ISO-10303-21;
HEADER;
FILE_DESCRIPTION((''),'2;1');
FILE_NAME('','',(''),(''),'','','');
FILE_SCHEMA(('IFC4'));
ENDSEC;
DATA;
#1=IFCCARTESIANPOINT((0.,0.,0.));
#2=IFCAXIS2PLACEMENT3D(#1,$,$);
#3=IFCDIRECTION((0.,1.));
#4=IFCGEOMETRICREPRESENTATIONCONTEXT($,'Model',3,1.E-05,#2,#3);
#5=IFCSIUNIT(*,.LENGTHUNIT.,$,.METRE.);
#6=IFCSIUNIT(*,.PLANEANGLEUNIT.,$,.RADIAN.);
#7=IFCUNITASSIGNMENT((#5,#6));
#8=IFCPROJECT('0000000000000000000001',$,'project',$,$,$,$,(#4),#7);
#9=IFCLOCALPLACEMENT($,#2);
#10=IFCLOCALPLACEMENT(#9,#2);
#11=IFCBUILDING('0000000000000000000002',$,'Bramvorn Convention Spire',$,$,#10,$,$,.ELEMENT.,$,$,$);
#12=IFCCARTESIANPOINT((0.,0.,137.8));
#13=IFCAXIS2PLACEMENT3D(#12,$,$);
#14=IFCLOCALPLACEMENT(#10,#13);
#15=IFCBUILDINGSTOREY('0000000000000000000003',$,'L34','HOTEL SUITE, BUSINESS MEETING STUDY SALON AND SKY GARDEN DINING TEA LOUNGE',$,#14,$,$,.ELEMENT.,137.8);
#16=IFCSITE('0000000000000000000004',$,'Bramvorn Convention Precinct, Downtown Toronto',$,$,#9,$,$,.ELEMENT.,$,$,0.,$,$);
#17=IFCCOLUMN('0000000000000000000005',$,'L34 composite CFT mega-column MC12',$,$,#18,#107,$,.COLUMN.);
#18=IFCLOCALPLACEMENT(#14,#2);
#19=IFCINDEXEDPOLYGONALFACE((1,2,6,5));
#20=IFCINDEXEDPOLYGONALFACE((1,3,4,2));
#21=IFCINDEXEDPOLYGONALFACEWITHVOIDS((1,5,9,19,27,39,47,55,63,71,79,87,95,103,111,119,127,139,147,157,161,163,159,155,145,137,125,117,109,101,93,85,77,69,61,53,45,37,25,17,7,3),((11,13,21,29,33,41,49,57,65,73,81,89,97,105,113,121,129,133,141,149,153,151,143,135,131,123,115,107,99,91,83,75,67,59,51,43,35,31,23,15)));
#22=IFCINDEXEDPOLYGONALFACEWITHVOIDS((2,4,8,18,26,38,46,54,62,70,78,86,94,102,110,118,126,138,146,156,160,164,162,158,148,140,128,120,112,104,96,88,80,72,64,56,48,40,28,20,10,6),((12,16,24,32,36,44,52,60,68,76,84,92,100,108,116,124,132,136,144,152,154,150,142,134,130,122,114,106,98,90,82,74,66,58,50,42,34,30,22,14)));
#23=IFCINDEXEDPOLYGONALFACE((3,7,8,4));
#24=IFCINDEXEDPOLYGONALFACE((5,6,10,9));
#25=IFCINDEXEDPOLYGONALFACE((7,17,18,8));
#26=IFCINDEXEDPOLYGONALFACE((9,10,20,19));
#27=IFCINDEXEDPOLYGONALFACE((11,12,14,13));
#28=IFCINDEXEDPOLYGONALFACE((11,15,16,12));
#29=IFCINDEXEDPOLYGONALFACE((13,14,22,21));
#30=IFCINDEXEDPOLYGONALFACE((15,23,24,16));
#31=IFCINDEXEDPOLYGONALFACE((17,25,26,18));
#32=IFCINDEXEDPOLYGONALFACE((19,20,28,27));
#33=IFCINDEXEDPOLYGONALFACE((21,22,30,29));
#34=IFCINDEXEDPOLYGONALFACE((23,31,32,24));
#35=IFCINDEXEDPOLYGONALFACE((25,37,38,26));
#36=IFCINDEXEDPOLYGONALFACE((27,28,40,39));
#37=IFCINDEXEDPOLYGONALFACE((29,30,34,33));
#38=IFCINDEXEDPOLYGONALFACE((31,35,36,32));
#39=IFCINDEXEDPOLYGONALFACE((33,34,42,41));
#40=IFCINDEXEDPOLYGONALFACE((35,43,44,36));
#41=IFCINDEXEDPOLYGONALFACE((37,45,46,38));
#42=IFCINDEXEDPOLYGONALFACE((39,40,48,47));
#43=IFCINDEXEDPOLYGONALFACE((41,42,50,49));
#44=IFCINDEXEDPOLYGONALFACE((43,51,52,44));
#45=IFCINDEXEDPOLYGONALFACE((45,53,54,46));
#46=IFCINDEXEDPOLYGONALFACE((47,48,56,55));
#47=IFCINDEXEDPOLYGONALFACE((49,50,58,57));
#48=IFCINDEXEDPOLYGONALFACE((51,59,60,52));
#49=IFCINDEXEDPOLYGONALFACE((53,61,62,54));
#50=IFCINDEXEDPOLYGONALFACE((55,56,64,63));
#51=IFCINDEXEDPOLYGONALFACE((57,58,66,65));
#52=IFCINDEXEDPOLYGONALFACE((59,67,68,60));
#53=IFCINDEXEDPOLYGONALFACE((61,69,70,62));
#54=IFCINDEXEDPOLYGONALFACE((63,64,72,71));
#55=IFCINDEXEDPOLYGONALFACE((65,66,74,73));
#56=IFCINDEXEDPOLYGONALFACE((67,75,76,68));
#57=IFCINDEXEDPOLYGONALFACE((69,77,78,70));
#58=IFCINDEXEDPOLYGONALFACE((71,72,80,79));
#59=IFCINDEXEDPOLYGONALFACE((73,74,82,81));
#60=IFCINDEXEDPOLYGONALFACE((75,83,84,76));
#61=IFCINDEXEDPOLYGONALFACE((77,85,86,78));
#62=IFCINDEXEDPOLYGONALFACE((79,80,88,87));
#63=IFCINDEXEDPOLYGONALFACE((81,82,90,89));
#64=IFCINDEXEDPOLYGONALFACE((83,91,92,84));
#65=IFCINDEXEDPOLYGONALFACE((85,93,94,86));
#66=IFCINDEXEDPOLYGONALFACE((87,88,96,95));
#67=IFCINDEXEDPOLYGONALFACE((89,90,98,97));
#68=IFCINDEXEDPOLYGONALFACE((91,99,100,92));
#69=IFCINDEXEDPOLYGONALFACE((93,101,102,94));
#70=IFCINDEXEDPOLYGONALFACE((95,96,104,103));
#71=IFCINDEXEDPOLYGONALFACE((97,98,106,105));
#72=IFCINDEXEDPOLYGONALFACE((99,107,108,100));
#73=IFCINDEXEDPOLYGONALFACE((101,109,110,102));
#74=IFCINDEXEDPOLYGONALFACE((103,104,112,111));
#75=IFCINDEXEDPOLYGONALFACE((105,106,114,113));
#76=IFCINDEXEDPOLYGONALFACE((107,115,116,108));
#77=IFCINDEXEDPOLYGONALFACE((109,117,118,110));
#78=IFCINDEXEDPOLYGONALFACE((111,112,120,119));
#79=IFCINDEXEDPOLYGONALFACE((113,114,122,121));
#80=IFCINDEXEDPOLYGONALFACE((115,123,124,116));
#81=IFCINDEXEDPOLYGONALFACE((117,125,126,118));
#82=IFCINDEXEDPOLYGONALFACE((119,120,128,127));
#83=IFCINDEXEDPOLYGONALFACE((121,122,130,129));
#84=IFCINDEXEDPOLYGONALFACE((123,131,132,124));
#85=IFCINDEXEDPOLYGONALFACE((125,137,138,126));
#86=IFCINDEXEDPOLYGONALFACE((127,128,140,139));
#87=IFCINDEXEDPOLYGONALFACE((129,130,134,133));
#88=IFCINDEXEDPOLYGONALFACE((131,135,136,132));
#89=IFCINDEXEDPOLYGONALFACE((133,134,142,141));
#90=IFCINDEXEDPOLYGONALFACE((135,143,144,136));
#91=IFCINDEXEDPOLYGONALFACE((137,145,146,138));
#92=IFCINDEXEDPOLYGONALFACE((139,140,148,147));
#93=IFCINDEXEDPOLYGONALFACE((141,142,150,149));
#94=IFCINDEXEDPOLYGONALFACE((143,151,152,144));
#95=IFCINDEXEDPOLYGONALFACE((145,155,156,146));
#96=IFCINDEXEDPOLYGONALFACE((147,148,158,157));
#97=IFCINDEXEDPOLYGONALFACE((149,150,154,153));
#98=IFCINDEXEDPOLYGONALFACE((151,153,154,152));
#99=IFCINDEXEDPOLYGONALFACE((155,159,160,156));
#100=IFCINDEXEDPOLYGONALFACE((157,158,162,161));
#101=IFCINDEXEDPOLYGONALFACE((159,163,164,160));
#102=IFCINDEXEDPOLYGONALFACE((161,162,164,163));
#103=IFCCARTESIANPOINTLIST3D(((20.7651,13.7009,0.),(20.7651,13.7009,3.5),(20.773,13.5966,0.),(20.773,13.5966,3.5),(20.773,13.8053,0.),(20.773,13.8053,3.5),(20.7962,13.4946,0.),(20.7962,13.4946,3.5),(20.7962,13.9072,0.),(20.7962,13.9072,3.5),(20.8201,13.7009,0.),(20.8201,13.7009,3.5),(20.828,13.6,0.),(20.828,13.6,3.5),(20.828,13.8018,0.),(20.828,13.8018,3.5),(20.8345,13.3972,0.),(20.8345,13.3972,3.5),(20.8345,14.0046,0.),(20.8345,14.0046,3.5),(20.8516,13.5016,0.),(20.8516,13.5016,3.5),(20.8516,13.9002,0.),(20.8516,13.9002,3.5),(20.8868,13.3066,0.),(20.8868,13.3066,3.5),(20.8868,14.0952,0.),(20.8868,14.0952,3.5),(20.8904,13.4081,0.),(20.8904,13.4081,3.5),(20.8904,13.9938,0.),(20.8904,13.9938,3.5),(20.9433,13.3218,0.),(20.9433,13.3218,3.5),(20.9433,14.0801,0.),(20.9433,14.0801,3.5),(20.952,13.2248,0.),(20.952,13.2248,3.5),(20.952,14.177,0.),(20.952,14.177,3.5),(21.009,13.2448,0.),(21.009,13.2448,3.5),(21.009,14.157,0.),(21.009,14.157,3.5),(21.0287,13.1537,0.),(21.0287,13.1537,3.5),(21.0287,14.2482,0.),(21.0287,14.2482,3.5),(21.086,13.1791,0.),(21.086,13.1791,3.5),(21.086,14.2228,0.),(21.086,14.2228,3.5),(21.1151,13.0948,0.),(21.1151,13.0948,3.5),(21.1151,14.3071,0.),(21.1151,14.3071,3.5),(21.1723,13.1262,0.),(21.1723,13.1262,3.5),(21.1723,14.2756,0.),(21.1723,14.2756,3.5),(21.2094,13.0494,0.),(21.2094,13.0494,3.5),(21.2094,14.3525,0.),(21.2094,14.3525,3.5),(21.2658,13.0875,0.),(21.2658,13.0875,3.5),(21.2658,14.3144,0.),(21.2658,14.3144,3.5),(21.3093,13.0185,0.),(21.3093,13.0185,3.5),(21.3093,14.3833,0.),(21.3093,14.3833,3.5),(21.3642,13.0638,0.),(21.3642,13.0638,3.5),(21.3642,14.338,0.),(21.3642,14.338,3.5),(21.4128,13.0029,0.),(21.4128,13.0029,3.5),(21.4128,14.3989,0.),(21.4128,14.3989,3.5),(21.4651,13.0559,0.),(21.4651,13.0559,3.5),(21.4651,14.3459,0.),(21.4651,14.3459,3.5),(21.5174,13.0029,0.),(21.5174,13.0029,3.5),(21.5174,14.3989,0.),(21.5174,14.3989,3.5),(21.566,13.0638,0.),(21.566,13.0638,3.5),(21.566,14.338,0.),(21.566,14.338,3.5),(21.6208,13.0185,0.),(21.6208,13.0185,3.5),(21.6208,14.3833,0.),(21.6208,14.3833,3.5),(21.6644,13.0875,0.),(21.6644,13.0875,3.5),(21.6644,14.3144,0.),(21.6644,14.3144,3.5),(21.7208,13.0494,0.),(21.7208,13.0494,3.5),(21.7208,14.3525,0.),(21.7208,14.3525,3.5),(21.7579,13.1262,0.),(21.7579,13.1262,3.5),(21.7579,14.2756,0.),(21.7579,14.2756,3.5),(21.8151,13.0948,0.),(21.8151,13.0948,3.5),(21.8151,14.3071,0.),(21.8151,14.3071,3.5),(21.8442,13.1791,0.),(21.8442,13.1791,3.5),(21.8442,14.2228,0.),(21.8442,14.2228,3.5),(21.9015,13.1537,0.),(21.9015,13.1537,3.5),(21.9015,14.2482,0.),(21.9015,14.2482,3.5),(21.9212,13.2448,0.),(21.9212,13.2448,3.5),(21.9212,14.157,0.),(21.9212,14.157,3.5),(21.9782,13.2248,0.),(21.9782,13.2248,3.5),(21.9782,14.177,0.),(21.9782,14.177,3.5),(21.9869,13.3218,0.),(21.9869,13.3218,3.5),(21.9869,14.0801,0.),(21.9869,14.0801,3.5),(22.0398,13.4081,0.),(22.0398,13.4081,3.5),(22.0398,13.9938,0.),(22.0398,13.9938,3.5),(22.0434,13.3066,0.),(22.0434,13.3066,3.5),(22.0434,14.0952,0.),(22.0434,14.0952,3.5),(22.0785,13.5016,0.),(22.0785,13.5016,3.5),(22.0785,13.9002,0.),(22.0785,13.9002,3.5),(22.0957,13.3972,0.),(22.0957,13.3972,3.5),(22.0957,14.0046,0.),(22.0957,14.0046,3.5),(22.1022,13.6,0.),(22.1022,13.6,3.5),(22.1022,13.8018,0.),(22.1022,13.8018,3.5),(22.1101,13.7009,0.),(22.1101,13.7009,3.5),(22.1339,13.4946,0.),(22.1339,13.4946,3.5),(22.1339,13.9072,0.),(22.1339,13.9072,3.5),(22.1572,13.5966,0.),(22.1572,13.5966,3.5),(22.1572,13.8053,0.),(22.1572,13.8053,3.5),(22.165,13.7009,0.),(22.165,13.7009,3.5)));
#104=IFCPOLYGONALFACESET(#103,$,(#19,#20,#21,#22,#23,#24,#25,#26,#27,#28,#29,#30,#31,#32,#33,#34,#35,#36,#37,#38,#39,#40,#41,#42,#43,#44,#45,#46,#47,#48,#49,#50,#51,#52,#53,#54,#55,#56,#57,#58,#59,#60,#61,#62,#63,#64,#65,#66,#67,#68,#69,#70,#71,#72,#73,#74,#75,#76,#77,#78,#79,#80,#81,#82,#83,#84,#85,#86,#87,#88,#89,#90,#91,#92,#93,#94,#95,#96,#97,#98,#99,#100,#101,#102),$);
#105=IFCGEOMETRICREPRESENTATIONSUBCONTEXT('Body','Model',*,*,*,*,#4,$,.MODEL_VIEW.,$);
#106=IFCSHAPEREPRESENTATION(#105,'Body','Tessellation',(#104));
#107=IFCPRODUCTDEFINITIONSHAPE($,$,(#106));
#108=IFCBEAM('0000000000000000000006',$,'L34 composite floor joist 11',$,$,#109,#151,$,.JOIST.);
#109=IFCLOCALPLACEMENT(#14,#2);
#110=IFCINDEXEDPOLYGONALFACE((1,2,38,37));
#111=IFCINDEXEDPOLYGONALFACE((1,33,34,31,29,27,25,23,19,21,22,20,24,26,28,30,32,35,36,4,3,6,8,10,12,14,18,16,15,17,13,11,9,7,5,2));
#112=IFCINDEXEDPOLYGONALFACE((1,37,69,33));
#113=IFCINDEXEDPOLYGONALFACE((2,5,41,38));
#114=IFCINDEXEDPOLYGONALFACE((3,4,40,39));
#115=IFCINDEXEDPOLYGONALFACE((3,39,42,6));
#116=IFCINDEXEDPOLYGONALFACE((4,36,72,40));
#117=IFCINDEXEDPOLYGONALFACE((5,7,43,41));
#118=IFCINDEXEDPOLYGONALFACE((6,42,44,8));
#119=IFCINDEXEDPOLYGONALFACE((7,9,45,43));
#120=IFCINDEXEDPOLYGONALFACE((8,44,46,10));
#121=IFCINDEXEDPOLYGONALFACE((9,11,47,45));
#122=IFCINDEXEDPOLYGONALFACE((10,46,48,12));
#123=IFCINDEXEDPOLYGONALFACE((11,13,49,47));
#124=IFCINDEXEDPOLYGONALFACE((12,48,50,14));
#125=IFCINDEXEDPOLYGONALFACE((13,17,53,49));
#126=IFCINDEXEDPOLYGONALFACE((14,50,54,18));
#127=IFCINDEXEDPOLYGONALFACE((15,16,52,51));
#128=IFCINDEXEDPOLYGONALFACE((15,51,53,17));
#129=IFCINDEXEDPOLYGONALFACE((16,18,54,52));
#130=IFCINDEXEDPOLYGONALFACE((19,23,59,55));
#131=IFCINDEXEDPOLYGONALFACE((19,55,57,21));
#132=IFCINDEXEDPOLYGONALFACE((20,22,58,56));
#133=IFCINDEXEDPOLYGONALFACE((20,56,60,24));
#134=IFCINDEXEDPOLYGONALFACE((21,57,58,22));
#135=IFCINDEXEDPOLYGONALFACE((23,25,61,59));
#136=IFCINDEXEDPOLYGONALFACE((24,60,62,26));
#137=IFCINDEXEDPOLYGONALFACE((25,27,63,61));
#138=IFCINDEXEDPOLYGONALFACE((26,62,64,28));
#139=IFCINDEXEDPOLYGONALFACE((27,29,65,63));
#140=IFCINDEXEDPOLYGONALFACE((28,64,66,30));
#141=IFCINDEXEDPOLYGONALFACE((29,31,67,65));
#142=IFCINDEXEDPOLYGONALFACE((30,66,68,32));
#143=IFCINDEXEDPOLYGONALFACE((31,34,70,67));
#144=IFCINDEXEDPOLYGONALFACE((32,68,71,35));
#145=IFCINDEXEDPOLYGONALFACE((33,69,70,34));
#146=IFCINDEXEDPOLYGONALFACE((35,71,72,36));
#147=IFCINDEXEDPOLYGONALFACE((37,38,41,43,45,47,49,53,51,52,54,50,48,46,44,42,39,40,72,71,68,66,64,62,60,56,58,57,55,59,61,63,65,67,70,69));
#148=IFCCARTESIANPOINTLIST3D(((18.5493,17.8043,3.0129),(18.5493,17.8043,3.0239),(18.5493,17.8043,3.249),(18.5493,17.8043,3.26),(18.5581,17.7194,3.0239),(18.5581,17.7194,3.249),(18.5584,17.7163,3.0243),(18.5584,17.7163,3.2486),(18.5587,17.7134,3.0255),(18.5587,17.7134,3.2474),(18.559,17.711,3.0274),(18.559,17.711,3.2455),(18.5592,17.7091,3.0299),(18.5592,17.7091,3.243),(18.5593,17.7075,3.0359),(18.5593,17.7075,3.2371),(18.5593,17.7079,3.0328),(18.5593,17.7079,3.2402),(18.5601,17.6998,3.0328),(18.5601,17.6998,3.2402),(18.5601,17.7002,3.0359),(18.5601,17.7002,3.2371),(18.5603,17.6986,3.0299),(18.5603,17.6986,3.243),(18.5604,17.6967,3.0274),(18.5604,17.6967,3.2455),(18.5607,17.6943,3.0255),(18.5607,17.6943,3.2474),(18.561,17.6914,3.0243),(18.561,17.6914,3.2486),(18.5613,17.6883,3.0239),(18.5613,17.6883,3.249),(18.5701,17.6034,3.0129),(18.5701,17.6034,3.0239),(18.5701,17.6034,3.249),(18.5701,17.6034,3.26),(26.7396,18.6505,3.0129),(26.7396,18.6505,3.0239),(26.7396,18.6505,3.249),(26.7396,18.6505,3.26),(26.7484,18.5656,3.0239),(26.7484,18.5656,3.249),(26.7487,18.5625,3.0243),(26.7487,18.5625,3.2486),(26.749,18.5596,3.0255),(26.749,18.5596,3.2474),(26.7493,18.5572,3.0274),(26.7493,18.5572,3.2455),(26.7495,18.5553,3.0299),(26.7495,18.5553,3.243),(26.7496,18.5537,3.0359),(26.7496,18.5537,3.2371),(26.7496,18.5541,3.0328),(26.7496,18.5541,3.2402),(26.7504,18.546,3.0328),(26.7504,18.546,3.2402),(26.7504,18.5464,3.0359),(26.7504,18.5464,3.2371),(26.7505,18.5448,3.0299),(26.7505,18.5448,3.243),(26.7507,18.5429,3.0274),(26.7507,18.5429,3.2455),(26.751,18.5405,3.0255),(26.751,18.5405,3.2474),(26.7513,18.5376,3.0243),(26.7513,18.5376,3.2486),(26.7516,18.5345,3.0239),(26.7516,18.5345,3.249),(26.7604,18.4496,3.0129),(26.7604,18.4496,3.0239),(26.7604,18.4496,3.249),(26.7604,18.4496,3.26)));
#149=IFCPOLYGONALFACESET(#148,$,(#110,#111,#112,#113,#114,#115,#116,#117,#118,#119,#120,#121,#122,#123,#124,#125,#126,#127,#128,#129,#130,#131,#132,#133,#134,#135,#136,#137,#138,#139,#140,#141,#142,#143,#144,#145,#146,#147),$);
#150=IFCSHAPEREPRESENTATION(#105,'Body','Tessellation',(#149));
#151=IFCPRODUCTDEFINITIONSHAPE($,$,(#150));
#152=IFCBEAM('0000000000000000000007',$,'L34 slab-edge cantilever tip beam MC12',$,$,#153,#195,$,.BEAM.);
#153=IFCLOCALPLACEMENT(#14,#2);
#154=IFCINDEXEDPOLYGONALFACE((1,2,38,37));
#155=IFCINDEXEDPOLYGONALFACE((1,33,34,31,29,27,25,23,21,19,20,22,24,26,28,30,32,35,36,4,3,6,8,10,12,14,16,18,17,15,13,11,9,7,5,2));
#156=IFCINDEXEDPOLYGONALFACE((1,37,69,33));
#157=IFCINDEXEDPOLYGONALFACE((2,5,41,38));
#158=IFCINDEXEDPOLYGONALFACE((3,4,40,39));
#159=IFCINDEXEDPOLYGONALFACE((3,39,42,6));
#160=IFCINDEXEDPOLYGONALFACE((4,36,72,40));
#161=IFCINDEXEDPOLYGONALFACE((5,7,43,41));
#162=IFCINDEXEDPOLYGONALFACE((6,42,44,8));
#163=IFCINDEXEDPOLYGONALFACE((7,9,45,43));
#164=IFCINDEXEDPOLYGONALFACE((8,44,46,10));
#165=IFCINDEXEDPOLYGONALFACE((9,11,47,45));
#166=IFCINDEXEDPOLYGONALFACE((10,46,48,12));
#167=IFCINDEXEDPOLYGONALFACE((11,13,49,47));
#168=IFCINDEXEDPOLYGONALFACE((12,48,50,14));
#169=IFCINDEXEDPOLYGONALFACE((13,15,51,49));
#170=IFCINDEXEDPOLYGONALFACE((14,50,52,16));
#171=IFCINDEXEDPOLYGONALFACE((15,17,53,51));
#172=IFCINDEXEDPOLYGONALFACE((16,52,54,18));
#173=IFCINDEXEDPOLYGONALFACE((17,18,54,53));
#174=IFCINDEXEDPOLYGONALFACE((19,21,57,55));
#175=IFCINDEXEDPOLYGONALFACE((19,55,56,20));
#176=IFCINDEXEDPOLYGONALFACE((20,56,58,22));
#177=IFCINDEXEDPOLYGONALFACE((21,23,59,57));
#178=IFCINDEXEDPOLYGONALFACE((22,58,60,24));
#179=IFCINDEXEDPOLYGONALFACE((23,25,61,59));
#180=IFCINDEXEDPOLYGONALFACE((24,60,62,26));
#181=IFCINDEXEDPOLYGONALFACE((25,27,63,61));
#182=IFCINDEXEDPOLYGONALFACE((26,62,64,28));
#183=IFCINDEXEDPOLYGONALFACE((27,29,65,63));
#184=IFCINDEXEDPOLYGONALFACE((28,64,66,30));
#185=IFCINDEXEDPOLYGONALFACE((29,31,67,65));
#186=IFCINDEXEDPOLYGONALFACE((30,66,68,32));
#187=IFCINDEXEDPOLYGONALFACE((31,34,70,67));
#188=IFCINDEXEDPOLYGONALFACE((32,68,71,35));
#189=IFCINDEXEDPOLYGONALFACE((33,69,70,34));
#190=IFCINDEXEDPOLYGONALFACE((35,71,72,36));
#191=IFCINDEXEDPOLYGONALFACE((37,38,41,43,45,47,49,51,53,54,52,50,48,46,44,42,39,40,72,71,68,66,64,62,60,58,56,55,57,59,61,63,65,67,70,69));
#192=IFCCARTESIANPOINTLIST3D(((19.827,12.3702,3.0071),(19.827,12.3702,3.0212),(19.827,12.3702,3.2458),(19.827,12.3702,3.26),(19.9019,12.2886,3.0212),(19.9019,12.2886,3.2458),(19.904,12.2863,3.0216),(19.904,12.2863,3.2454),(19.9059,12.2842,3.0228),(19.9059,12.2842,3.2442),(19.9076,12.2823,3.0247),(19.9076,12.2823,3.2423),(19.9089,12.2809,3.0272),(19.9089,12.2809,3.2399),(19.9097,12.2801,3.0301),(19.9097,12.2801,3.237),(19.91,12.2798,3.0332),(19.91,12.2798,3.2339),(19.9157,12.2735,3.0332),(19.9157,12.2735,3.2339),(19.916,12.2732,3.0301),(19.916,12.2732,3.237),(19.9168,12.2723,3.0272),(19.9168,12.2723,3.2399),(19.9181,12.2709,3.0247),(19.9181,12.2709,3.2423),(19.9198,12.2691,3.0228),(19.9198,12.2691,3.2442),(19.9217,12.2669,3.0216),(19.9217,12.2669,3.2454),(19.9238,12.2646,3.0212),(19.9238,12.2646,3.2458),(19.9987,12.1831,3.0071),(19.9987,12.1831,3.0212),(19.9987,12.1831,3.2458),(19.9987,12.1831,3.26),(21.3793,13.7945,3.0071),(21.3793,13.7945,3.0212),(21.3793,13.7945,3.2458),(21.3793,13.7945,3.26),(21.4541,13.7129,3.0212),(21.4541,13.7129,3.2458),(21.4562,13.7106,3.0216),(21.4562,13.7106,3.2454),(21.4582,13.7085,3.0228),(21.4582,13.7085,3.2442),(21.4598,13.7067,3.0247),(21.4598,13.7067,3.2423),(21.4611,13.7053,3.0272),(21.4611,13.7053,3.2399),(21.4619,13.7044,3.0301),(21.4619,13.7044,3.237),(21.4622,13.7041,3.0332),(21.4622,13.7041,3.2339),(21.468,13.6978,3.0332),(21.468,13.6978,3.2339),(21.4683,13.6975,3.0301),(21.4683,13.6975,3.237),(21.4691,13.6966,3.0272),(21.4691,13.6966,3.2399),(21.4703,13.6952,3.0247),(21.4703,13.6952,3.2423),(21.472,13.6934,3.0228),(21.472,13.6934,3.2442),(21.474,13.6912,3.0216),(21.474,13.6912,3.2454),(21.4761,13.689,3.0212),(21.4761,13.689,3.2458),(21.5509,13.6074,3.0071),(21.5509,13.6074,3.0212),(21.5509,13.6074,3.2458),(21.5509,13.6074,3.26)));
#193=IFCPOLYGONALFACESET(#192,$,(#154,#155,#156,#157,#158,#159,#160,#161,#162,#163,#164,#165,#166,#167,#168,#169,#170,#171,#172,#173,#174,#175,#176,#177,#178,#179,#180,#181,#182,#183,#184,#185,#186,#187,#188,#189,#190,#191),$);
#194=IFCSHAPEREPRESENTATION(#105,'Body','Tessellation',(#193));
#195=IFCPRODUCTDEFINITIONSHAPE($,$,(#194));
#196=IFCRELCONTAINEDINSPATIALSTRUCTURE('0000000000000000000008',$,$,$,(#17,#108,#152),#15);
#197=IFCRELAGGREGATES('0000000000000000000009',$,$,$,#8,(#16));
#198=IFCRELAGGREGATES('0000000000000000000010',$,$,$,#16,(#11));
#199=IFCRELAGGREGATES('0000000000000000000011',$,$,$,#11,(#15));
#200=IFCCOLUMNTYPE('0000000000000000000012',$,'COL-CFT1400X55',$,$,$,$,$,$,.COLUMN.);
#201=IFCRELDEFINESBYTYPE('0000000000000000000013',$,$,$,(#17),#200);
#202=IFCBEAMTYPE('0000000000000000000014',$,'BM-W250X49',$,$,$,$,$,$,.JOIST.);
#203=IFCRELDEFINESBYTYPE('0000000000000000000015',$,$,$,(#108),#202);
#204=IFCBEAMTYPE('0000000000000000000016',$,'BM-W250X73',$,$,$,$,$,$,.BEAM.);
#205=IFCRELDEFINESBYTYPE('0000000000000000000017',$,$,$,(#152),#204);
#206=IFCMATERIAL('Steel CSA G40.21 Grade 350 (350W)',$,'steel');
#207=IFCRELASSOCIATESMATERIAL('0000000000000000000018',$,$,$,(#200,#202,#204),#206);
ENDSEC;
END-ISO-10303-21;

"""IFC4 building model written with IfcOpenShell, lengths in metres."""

from ifc_helpers import new_model, si_unit, direction, frame, origin, origin_2d, place, context, subcontext, project, spatial, hollow_circle, i_section, extrude, material, material_profile, profile_set, type_object, element, save


model = new_model("IFC4")

# Units and contexts
model_context = context("Model", 3, precision=1e-05, world=origin(), true_north=direction((0.0, 1.0)))
body_context = subcontext(model_context, "Body", "Model", "MODEL_VIEW")
ifc_project = project(units=[si_unit("LENGTHUNIT", "METRE"), si_unit("PLANEANGLEUNIT", "RADIAN")], contexts=[model_context])

# Site, building, storey
site_placement = place(None, origin())
site = spatial("IfcSite", under=ifc_project, at=site_placement, Name="Bramvorn Convention Precinct, Downtown Toronto", CompositionType="ELEMENT", RefElevation=0.0)
building_placement = place(site_placement, origin())
building = spatial("IfcBuilding", under=site, at=building_placement, Name="Bramvorn Convention Spire", CompositionType="ELEMENT")
storey_placement = place(building_placement, frame((0.0, 0.0, 137.8)))
storey = spatial("IfcBuildingStorey", under=building, at=storey_placement, Name="L34", Description="HOTEL SUITE, BUSINESS MEETING STUDY SALON AND SKY GARDEN DINING TEA LOUNGE", CompositionType="ELEMENT", Elevation=137.8)

# Column
ifc_material_1 = material(Name="Steel CSA G40.21 Grade 350 (350W)", Category="steel")
ifc_material_profile_1 = material_profile(ifc_material_1, hollow_circle(Radius=0.7, WallThickness=0.0549, at=origin_2d()))
ifc_profile_set_1 = profile_set([ifc_material_profile_1], Name="Steel CSA G40.21 Grade 350 (350W) - CFT1400X55")
column_type = type_object("IfcColumnType", Name="COL-CFT1400X55", PredefinedType="COLUMN", material=ifc_profile_set_1)
column_placement = place(storey_placement, frame((21.4651, 13.7009, 0.0), z_axis=(0.0, 0.0, 1.0), x_axis=(1.0, 0.0, 0.0)))
element("IfcColumn", 1, at=column_placement, inside=storey, type_object=column_type, Name="L34 composite CFT mega-column MC12", PredefinedType="COLUMN", context=body_context, shape_type="SweptSolid", body=[
    extrude(hollow_circle(Radius=0.7, WallThickness=0.0549, at=origin_2d()), origin(), (0.0, 0.0, 1.0), 3.5),
])

# Beams
ifc_material_profile_2 = material_profile(ifc_material_1, i_section(OverallWidth=0.2019, OverallDepth=0.2471, WebThickness=0.0073, FlangeThickness=0.011, FilletRadius=0.012, at=origin_2d()))
ifc_profile_set_2 = profile_set([ifc_material_profile_2], Name="Steel CSA G40.21 Grade 350 (350W) - W250X49")
beam_type_1 = type_object("IfcBeamType", Name="BM-W250X49", PredefinedType="JOIST", material=ifc_profile_set_2)
beam_1_placement = place(storey_placement, frame((26.75, 18.55, 3.1365), z_axis=(-0.994705, -0.102771, 0.0), x_axis=(0.102771, -0.994705, 0.0)))
element("IfcBeam", 2, at=beam_1_placement, inside=storey, type_object=beam_type_1, Name="L34 composite floor joist 11", PredefinedType="JOIST", context=body_context, shape_type="SweptSolid", body=[
    extrude(i_section(OverallWidth=0.2019, OverallDepth=0.2471, WebThickness=0.0073, FlangeThickness=0.011, FilletRadius=0.012, at=origin_2d()), origin(), (0.0, 0.0, 1.0), 8.2339),
])
ifc_material_profile_3 = material_profile(ifc_material_1, i_section(OverallWidth=0.2539, OverallDepth=0.2529, WebThickness=0.0085, FlangeThickness=0.0142, FilletRadius=0.012, at=origin_2d()))
ifc_profile_set_3 = profile_set([ifc_material_profile_3], Name="Steel CSA G40.21 Grade 350 (350W) - W250X73")
beam_type_2 = type_object("IfcBeamType", Name="BM-W250X73", PredefinedType="BEAM", material=ifc_profile_set_3)
beam_2_placement = place(storey_placement, frame((21.4651, 13.7009, 3.1335), z_axis=(-0.736817, -0.676092, 0.0), x_axis=(0.676092, -0.736817, 0.0)))
element("IfcBeam", 3, at=beam_2_placement, inside=storey, type_object=beam_type_2, Name="L34 slab-edge cantilever tip beam MC12", PredefinedType="BEAM", context=body_context, shape_type="SweptSolid", body=[
    extrude(i_section(OverallWidth=0.2539, OverallDepth=0.2529, WebThickness=0.0085, FlangeThickness=0.0142, FilletRadius=0.012, at=origin_2d()), origin(), (0.0, 0.0, 1.0), 2.1067),
])

save(model, "model.ifc")
